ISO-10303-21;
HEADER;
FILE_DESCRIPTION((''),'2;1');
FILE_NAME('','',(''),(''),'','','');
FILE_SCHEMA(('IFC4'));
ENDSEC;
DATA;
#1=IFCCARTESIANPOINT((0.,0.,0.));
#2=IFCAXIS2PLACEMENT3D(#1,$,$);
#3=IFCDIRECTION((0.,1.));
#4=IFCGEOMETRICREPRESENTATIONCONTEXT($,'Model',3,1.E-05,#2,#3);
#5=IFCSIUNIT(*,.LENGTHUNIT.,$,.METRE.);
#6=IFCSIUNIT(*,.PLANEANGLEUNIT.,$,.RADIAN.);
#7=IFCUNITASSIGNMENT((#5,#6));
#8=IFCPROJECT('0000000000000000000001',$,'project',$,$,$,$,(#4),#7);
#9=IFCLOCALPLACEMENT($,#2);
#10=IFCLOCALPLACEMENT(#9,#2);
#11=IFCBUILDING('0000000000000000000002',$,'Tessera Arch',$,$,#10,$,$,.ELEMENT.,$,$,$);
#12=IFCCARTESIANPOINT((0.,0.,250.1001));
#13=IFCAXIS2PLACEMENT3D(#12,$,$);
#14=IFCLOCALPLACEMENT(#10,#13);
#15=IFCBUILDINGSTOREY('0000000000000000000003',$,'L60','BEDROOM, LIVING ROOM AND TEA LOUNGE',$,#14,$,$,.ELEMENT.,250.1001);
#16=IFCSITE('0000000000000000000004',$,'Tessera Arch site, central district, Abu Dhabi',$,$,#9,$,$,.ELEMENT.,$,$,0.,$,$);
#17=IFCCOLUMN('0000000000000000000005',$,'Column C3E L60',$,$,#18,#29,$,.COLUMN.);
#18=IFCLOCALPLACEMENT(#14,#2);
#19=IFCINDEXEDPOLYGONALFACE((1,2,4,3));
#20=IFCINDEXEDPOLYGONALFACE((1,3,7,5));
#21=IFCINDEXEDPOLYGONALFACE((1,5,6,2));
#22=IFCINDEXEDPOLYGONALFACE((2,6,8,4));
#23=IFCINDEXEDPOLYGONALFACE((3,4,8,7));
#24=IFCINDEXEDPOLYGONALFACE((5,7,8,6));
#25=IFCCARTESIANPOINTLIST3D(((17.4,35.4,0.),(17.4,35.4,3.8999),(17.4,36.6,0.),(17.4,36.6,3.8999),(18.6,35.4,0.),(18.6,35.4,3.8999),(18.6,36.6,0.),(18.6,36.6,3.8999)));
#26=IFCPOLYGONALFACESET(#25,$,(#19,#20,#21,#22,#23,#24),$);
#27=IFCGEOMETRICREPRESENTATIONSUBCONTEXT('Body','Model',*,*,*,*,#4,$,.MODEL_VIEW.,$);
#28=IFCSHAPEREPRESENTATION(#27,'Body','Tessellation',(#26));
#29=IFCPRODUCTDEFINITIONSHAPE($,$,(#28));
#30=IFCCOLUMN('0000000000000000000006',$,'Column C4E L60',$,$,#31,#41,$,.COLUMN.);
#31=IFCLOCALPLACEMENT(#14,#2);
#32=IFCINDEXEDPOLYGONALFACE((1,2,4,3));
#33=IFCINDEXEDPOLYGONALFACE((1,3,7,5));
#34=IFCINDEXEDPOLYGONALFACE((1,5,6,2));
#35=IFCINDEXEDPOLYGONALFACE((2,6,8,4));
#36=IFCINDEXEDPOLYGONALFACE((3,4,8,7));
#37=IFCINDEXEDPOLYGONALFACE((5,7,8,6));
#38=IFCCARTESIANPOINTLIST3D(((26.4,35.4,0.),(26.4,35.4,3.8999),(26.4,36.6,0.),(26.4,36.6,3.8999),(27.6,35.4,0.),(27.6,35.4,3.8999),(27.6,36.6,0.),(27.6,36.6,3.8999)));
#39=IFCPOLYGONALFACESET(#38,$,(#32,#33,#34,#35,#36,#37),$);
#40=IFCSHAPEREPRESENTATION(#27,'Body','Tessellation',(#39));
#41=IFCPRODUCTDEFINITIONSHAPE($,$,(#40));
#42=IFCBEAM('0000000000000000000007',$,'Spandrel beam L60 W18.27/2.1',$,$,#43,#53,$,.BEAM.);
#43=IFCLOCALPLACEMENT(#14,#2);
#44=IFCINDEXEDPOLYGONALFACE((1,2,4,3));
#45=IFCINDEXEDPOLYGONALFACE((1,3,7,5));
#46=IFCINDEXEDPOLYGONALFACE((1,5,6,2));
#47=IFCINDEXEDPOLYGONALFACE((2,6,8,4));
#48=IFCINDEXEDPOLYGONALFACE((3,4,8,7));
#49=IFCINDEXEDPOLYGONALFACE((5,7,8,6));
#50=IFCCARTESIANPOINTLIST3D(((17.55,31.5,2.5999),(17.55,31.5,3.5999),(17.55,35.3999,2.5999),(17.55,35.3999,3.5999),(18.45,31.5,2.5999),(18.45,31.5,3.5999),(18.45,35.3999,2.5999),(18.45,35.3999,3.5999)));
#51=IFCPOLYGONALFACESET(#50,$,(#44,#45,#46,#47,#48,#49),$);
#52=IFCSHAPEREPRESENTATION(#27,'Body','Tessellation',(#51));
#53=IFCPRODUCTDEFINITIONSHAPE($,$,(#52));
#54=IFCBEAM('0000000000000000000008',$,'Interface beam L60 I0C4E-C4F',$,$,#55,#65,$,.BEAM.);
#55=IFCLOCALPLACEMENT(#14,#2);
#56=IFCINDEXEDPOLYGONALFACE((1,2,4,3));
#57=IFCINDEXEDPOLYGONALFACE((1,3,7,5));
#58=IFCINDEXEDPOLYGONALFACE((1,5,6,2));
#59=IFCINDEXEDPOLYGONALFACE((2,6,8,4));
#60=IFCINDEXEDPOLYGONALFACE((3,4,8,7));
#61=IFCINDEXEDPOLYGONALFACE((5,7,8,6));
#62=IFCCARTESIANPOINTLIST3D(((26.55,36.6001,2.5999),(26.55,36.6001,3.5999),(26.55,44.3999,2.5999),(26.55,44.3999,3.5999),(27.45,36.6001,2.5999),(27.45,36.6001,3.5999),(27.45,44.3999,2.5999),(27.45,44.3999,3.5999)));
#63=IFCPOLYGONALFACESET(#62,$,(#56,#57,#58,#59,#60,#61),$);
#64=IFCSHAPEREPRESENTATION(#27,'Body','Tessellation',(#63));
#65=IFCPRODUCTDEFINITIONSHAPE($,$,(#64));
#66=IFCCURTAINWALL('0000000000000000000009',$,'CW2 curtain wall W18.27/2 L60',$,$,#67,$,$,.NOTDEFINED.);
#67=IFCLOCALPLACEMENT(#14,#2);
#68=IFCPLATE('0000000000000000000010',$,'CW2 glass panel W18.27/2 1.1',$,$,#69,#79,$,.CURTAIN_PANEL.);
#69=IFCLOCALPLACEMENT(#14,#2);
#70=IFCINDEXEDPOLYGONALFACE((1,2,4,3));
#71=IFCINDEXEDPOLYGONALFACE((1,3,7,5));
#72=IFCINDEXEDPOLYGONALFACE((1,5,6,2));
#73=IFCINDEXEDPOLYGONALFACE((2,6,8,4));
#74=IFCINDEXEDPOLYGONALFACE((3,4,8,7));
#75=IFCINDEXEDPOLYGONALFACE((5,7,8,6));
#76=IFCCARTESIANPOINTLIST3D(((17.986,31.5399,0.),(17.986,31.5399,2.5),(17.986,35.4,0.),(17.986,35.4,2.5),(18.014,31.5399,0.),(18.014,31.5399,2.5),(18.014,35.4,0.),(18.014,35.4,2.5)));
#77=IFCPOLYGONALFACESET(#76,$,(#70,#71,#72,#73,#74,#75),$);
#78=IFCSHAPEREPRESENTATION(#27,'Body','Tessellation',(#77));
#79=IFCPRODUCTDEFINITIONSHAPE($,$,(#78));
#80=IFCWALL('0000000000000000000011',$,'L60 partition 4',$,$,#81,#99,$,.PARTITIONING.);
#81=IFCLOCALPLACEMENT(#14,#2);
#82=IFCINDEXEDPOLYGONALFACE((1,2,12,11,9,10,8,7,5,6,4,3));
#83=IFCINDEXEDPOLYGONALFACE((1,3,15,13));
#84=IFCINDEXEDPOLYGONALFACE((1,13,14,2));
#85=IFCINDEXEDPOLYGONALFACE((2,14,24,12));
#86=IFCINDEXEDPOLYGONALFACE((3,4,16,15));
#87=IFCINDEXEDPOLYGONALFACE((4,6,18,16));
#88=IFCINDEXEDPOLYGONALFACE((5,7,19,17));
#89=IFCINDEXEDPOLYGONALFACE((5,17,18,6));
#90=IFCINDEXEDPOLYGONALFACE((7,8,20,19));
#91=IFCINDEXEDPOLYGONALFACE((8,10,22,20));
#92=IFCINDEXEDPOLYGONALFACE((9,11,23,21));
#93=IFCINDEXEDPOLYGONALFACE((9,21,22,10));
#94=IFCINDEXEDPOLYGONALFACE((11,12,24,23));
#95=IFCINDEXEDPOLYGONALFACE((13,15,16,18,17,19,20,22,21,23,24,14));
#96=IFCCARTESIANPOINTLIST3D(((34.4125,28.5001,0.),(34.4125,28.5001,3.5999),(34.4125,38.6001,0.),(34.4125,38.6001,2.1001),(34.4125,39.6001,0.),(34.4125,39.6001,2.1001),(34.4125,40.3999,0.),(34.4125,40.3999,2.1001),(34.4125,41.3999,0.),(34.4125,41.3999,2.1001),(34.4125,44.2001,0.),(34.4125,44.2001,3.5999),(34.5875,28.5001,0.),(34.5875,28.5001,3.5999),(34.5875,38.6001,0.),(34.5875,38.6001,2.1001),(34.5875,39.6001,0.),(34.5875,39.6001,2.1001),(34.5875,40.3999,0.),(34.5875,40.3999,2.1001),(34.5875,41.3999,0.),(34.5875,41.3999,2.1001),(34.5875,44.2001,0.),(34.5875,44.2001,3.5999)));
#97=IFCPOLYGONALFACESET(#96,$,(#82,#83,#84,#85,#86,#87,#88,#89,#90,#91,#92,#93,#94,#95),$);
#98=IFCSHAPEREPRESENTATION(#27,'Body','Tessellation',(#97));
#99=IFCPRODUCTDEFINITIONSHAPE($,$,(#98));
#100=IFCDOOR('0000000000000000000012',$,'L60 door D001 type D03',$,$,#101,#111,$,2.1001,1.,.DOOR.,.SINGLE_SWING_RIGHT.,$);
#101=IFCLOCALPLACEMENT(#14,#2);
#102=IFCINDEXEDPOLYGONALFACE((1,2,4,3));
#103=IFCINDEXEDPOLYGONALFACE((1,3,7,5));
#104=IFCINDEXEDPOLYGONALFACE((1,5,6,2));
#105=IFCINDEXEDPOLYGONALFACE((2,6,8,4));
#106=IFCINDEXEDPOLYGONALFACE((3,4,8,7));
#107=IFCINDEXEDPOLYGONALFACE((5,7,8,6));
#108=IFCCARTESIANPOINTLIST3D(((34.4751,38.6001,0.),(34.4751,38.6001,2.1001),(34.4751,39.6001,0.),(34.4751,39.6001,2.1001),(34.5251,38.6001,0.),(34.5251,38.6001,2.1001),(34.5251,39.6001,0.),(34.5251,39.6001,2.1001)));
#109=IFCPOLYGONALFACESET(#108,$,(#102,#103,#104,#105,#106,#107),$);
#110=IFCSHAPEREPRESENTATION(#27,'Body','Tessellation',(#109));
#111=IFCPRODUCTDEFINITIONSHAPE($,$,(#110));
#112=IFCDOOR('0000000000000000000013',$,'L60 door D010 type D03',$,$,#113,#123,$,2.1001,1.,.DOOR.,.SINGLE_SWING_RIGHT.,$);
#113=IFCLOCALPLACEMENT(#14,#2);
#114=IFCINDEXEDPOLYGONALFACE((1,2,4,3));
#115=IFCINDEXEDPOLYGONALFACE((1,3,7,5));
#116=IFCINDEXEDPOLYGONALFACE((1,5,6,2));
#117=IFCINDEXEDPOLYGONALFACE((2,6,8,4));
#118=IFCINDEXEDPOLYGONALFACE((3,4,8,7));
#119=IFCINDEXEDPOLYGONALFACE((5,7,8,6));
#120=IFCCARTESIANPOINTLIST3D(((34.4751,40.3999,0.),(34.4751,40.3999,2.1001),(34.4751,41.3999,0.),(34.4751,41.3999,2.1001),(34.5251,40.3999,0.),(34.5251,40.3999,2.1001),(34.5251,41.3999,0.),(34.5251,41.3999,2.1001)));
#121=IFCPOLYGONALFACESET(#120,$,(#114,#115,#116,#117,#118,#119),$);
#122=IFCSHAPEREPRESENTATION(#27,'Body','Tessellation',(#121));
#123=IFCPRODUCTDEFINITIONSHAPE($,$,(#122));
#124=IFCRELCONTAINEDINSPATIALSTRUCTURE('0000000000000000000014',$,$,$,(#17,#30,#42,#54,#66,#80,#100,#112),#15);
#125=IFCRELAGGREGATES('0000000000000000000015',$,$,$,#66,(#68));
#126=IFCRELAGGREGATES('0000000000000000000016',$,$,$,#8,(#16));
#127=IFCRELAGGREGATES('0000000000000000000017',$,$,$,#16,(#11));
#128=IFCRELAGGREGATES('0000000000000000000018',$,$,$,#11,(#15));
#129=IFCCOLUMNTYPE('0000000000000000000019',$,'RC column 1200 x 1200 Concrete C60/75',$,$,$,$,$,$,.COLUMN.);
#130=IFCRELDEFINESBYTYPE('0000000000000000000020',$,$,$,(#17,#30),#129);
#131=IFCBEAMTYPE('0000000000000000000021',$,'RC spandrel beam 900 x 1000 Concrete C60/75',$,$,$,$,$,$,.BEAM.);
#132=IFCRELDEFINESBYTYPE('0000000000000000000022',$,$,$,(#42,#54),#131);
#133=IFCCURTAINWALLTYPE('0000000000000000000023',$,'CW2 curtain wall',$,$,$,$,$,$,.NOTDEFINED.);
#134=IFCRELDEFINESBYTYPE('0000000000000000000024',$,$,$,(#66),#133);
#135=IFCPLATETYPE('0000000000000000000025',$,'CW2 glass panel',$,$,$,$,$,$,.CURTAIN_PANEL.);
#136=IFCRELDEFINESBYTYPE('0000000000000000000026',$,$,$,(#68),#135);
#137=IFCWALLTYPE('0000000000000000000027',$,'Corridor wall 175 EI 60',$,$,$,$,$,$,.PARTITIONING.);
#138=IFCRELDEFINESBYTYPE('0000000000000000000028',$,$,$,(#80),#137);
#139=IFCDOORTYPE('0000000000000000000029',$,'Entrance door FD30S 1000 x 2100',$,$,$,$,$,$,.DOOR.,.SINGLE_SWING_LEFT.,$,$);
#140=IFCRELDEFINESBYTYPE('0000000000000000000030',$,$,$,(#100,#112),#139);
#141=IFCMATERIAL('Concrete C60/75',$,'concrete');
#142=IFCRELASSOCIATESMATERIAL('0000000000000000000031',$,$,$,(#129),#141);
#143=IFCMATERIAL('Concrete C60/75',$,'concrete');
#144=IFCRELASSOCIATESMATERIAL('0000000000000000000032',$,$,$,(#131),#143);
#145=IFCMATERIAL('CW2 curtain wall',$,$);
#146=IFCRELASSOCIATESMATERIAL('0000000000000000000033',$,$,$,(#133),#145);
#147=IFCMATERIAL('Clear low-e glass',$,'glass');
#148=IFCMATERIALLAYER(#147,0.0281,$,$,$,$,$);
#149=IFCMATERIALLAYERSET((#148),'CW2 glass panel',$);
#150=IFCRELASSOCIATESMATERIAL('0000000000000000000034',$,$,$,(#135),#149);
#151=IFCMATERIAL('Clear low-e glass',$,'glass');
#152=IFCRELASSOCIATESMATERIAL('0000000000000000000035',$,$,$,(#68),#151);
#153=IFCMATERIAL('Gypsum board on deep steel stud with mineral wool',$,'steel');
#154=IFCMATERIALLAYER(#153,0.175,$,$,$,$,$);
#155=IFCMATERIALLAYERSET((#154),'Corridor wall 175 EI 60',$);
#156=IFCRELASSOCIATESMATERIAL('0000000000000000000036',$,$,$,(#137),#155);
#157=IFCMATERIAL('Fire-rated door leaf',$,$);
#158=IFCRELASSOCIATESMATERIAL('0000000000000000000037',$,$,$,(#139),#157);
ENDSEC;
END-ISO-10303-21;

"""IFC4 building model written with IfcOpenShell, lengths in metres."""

from ifc_helpers import new_model, si_unit, direction, frame, frame_2d, origin, origin_2d, place, context, subcontext, project, spatial, rectangle, extrude, material, layer, layer_set, material_profile, profile_set, type_object, element, fill, aggregate, save


model = new_model("IFC4")

# Units and contexts
model_context = context("Model", 3, precision=1e-05, world=origin(), true_north=direction((0.0, 1.0)))
body_context = subcontext(model_context, "Body", "Model", "MODEL_VIEW")
ifc_project = project(units=[si_unit("LENGTHUNIT", "METRE"), si_unit("PLANEANGLEUNIT", "RADIAN")], contexts=[model_context])

# Site, building, storey
site_placement = place(None, origin())
site = spatial("IfcSite", under=ifc_project, at=site_placement, Name="Tessera Arch site, central district, Abu Dhabi", CompositionType="ELEMENT", RefElevation=0.0)
building_placement = place(site_placement, origin())
building = spatial("IfcBuilding", under=site, at=building_placement, Name="Tessera Arch", CompositionType="ELEMENT")
storey_placement = place(building_placement, frame((0.0, 0.0, 250.1001)))
storey = spatial("IfcBuildingStorey", under=building, at=storey_placement, Name="L60", Description="BEDROOM, LIVING ROOM AND TEA LOUNGE", CompositionType="ELEMENT", Elevation=250.1001)

# Columns
ifc_material_1 = material(Name="Concrete C60/75", Category="concrete")
ifc_material_profile_1 = material_profile(ifc_material_1, rectangle(XDim=1.2, YDim=1.2, at=origin_2d()), Name="RC column 1200 x 1200 Concrete C60/75")
ifc_profile_set_1 = profile_set([ifc_material_profile_1], Name="Concrete C60/75")
column_type = type_object("IfcColumnType", Name="RC column 1200 x 1200 Concrete C60/75", PredefinedType="COLUMN", material=ifc_profile_set_1)
for number, where, z_axis, x_axis, name in (
    (1, (18.0, 36.0, 0.0), (0.0, 0.0, 1.0), (1.0, 0.0, 0.0), "Column C3E L60"),
    (2, (27.0, 36.0, 0.0), (0.0, 0.0, 1.0), (1.0, 0.0, 0.0), "Column C4E L60"),
):
    element("IfcColumn", number, at=place(storey_placement, frame(where, z_axis=z_axis, x_axis=x_axis)), inside=storey, type_object=column_type, Name=name, PredefinedType="COLUMN", context=body_context, shape_type="SweptSolid", body=[
        extrude(rectangle(XDim=1.2, YDim=1.2, at=origin_2d()), origin(), (0.0, 0.0, 1.0), 3.8999),
    ])

# Beams
ifc_material_2 = material(Name="Concrete C60/75", Category="concrete")
ifc_material_profile_2 = material_profile(ifc_material_2, rectangle(XDim=0.8999, YDim=1.0, at=origin_2d()), Name="RC spandrel beam 900 x 1000 Concrete C60/75")
ifc_profile_set_2 = profile_set([ifc_material_profile_2], Name="Concrete C60/75")
beam_type = type_object("IfcBeamType", Name="RC spandrel beam 900 x 1000 Concrete C60/75", PredefinedType="BEAM", material=ifc_profile_set_2)
beam_1_placement = place(storey_placement, frame((18.0, 35.3999, 3.0999), z_axis=(0.0, -1.0, 0.0), x_axis=(1.0, 0.0, 0.0)))
element("IfcBeam", 3, at=beam_1_placement, inside=storey, type_object=beam_type, Name="Spandrel beam L60 W18.27/2.1", PredefinedType="BEAM", context=body_context, shape_type="SweptSolid", body=[
    extrude(rectangle(XDim=0.8999, YDim=1.0, at=origin_2d()), origin(), (0.0, 0.0, 1.0), 3.8999),
])
beam_2_placement = place(storey_placement, frame((27.0, 36.6001, 3.0999), z_axis=(0.0, 1.0, 0.0), x_axis=(-1.0, 0.0, 0.0)))
element("IfcBeam", 4, at=beam_2_placement, inside=storey, type_object=beam_type, Name="Interface beam L60 I0C4E-C4F", PredefinedType="BEAM", context=body_context, shape_type="SweptSolid", body=[
    extrude(rectangle(XDim=0.8999, YDim=1.0, at=origin_2d()), origin(), (0.0, 0.0, 1.0), 7.7998),
])

# Curtain wall, plate
ifc_material_3 = material(Name="CW2 curtain wall")
curtain_wall_type = type_object("IfcCurtainWallType", Name="CW2 curtain wall", PredefinedType="NOTDEFINED", material=ifc_material_3)
curtain_wall_placement = place(storey_placement, origin())
curtain_wall = element("IfcCurtainWall", 5, at=curtain_wall_placement, inside=storey, type_object=curtain_wall_type, Name="CW2 curtain wall W18.27/2 L60", PredefinedType="NOTDEFINED")
ifc_material_4 = material(Name="Clear low-e glass", Category="glass")
ifc_material_5 = material(Name="Clear low-e glass", Category="glass")
ifc_layer_1 = layer(ifc_material_5, 0.0281)
ifc_layer_set_1 = layer_set([ifc_layer_1], Name="CW2 glass panel")
plate_type = type_object("IfcPlateType", Name="CW2 glass panel", PredefinedType="CURTAIN_PANEL", material=ifc_layer_set_1)
plate_placement = place(storey_placement, frame((18.0, 33.47, 0.0), z_axis=(0.0, 0.0, 1.0), x_axis=(0.0, -1.0, 0.0)))
plate = element("IfcPlate", 6, at=plate_placement, type_object=plate_type, material=ifc_material_4, Name="CW2 glass panel W18.27/2 1.1", PredefinedType="CURTAIN_PANEL", context=body_context, shape_type="SweptSolid", body=[
    extrude(rectangle(XDim=3.8601, YDim=0.0281, at=origin_2d()), origin(), (0.0, 0.0, 1.0), 2.5),
])
aggregate(curtain_wall, [plate])

# Wall, openings, doors
ifc_material_6 = material(Name="Gypsum board on deep steel stud with mineral wool", Category="steel")
ifc_layer_2 = layer(ifc_material_6, 0.175)
ifc_layer_set_2 = layer_set([ifc_layer_2], Name="Corridor wall 175 EI 60")
wall_type_1 = type_object("IfcWallType", Name="Corridor wall 175 EI 60", PredefinedType="PARTITIONING", material=ifc_layer_set_2)
wall_1_placement = place(storey_placement, frame((34.5, 28.5, 0.0), z_axis=(0.0, 0.0, 1.0), x_axis=(0.0, 1.0, 0.0)))
wall_1 = element("IfcWall", 7, at=wall_1_placement, inside=storey, type_object=wall_type_1, Name="L60 partition 4", PredefinedType="PARTITIONING", context=body_context, shape_type="SweptSolid", body=[
    extrude(rectangle(XDim=15.7, YDim=0.175, at=frame_2d((7.8501, 0.0))), origin(), (0.0, 0.0, 1.0), 3.5999),
])
opening_1_placement = place(wall_1_placement, frame((10.1001, 0.0, 0.0)))
opening_1 = element("IfcOpeningElement", 8, at=opening_1_placement, cuts=wall_1, PredefinedType="OPENING", context=body_context, shape_type="SweptSolid", body=[
    extrude(rectangle(XDim=1.0, YDim=2.1001, at=frame_2d((0.5, 1.05))), frame((0.0, 0.0974, 0.0), z_axis=(0.0, -1.0, 0.0), x_axis=(1.0, 0.0, 0.0)), (0.0, 0.0, 1.0), 0.1951),
])
opening_2_placement = place(wall_1_placement, frame((11.8999, 0.0, 0.0)))
opening_2 = element("IfcOpeningElement", 9, at=opening_2_placement, cuts=wall_1, PredefinedType="OPENING", context=body_context, shape_type="SweptSolid", body=[
    extrude(rectangle(XDim=1.0, YDim=2.1001, at=frame_2d((0.5, 1.05))), frame((0.0, 0.0974, 0.0), z_axis=(0.0, -1.0, 0.0), x_axis=(1.0, 0.0, 0.0)), (0.0, 0.0, 1.0), 0.1951),
])
ifc_material_7 = material(Name="Fire-rated door leaf")
door_type_1 = type_object("IfcDoorType", Name="Entrance door FD30S 1000 x 2100", OperationType="SINGLE_SWING_LEFT", PredefinedType="DOOR", material=ifc_material_7)
door_1_placement = place(opening_1_placement, origin())
door_1 = element("IfcDoor", 10, at=door_1_placement, inside=storey, type_object=door_type_1, Name="L60 door D001 type D03", OperationType="SINGLE_SWING_RIGHT", OverallHeight=2.1001, OverallWidth=1.0, PredefinedType="DOOR", context=body_context, shape_type="SweptSolid", body=[
    extrude(rectangle(XDim=1.0, YDim=2.1001, at=frame_2d((0.5, 1.05))), frame((0.0, 0.0249, 0.0), z_axis=(0.0, -1.0, 0.0), x_axis=(1.0, 0.0, 0.0)), (0.0, 0.0, 1.0), 0.05),
])
fill(opening_1, door_1)
door_2_placement = place(opening_2_placement, origin())
door_2 = element("IfcDoor", 11, at=door_2_placement, inside=storey, type_object=door_type_1, Name="L60 door D010 type D03", OperationType="SINGLE_SWING_RIGHT", OverallHeight=2.1001, OverallWidth=1.0, PredefinedType="DOOR", context=body_context, shape_type="SweptSolid", body=[
    extrude(rectangle(XDim=1.0, YDim=2.1001, at=frame_2d((0.5, 1.05))), frame((0.0, 0.0249, 0.0), z_axis=(0.0, -1.0, 0.0), x_axis=(1.0, 0.0, 0.0)), (0.0, 0.0, 1.0), 0.05),
])
fill(opening_2, door_2)

save(model, "model.ifc")
